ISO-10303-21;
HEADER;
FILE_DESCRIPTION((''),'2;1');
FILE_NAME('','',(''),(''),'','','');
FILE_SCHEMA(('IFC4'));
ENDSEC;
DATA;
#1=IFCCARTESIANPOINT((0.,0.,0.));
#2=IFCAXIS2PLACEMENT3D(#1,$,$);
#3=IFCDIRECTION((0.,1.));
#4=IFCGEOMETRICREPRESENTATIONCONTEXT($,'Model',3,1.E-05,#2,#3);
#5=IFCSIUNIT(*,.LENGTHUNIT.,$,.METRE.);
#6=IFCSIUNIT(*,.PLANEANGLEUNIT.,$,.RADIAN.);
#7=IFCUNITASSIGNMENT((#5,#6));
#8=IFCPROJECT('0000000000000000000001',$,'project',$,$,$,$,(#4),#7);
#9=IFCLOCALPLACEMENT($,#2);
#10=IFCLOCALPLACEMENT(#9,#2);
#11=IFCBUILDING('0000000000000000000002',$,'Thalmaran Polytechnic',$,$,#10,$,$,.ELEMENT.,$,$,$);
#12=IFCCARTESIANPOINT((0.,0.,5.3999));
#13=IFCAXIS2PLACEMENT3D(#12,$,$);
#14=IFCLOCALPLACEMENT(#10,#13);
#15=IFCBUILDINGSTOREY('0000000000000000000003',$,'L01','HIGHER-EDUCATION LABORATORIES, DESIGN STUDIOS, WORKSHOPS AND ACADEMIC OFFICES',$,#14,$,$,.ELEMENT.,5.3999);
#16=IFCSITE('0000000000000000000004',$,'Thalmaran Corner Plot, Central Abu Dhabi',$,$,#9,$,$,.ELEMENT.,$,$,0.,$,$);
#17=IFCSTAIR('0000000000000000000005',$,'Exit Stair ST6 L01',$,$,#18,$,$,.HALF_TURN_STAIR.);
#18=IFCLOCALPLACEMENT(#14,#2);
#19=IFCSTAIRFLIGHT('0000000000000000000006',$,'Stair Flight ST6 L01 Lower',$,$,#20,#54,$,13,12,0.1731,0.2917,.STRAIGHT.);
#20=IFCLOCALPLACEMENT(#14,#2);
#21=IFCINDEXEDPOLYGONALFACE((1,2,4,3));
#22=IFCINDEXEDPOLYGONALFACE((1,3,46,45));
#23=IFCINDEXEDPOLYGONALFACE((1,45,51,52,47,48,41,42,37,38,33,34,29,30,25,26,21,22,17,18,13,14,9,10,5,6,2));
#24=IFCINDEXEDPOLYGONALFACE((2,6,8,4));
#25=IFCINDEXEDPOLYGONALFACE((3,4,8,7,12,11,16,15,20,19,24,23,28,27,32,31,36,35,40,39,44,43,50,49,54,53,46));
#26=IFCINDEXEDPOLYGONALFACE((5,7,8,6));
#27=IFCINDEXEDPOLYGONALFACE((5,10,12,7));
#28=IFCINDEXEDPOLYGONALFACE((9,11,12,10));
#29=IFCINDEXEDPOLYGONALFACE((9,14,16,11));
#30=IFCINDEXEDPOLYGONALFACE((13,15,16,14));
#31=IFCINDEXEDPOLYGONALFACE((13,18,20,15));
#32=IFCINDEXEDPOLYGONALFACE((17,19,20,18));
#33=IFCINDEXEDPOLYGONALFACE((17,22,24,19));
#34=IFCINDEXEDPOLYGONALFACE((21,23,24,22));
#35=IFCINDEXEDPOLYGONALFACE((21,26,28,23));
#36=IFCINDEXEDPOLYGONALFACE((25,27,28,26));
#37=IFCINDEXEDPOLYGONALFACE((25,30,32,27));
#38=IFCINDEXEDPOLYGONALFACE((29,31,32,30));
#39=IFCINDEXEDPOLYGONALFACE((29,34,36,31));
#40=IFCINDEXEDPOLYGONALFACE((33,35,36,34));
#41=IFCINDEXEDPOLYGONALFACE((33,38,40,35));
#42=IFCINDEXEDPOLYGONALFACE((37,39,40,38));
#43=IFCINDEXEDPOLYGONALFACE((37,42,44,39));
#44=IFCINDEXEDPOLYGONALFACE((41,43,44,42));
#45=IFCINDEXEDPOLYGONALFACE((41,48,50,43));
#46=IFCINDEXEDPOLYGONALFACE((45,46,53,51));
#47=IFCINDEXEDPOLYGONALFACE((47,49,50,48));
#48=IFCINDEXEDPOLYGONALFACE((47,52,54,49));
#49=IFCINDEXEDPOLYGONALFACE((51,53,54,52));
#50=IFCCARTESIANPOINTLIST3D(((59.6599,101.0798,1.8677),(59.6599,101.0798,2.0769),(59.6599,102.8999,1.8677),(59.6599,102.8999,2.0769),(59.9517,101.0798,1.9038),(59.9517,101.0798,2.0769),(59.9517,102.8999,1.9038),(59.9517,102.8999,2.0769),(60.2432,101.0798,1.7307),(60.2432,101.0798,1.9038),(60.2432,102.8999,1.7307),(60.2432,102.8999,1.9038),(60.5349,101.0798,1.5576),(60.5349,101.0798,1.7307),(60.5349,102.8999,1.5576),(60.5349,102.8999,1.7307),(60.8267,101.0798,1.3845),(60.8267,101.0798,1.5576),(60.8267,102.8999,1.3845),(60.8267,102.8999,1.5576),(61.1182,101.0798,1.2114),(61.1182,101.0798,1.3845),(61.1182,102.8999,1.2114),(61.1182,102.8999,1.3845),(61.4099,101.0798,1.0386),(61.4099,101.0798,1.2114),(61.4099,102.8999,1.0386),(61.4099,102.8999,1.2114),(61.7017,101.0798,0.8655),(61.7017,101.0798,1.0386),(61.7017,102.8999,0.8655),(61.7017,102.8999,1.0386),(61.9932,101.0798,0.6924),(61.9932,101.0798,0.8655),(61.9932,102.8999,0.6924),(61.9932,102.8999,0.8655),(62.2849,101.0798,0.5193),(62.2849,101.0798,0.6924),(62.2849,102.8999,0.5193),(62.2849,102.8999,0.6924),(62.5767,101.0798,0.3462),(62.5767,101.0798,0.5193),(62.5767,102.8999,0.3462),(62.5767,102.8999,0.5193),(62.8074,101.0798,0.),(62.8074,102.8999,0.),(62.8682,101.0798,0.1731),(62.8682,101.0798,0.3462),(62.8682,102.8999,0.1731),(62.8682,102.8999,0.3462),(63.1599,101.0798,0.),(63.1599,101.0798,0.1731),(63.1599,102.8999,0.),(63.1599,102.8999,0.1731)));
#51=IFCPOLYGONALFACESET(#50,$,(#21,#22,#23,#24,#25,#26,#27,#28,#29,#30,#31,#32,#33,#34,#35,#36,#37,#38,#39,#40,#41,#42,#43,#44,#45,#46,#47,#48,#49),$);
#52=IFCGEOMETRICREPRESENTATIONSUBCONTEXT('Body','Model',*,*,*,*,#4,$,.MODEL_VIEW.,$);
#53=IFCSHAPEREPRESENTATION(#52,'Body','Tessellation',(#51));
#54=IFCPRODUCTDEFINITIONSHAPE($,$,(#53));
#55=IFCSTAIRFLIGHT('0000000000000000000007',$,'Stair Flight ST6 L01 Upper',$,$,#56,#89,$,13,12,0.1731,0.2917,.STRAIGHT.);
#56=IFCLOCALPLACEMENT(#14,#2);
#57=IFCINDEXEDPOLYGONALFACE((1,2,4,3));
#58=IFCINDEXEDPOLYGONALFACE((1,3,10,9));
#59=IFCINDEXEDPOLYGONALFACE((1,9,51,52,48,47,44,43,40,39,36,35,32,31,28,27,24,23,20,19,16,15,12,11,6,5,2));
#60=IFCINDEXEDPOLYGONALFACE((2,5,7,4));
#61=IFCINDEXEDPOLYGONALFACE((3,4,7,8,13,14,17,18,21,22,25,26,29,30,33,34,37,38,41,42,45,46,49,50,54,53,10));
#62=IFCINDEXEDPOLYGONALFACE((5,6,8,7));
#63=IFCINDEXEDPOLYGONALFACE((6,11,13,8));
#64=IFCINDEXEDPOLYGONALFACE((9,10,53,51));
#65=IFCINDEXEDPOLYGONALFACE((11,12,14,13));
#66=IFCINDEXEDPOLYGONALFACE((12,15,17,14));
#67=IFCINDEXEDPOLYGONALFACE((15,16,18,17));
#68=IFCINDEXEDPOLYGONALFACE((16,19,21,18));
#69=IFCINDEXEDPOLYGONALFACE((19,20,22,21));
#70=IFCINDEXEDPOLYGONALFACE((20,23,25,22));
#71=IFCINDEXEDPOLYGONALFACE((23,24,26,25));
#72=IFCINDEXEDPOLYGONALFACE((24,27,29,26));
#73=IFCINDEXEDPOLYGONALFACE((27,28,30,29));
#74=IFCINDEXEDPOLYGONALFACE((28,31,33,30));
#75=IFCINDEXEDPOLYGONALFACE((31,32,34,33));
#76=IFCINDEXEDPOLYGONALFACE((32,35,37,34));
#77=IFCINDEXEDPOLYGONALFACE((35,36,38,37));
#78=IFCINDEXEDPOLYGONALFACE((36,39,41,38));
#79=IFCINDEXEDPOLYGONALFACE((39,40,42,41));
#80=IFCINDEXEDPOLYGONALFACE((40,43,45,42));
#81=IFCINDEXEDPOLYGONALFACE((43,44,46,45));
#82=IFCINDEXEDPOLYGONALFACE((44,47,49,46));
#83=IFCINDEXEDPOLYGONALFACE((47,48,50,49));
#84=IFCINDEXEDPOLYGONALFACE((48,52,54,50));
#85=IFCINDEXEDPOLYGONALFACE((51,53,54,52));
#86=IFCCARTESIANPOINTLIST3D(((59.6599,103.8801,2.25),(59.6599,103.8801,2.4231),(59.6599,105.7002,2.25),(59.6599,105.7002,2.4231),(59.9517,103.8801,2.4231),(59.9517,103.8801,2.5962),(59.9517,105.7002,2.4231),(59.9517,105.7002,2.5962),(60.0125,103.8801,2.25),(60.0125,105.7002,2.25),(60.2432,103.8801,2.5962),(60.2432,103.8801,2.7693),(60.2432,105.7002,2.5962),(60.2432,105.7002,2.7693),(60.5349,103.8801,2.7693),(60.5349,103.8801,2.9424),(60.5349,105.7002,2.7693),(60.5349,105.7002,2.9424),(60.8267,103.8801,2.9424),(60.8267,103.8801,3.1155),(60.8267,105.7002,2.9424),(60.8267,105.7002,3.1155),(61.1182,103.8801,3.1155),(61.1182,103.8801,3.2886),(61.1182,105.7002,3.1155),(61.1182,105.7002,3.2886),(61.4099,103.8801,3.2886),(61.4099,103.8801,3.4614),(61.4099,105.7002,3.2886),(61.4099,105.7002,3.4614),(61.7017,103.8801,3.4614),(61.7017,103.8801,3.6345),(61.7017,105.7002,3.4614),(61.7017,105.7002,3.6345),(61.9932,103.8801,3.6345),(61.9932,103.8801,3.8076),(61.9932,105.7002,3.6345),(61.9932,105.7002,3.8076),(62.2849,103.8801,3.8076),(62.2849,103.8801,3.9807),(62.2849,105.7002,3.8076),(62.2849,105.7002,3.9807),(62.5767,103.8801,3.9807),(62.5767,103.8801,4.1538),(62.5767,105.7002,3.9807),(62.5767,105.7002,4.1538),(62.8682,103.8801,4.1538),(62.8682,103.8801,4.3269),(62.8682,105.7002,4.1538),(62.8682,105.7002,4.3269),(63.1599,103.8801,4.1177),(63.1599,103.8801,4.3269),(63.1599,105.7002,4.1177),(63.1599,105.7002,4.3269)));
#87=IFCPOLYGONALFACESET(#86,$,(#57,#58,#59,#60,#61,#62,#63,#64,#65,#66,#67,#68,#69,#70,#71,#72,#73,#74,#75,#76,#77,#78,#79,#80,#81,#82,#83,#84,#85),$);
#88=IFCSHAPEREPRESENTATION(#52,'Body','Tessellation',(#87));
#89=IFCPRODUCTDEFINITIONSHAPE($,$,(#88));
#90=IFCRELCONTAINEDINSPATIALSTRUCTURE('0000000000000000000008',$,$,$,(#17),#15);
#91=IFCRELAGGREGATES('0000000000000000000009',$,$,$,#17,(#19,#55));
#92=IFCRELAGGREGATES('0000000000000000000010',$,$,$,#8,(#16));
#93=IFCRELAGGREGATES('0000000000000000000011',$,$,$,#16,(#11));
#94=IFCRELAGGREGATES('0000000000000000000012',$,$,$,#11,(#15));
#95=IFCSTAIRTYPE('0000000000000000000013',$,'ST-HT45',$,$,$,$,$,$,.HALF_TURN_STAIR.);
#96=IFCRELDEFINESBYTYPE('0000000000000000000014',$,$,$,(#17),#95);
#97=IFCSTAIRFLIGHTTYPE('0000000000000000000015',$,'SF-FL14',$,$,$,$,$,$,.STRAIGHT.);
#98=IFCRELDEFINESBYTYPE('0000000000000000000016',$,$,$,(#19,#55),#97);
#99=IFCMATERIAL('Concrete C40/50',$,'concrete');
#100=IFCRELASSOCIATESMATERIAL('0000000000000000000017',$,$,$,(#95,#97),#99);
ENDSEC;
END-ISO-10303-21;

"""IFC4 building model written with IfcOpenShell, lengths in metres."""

from ifc_helpers import new_model, si_unit, direction, frame, origin, place, context, subcontext, project, spatial, polyline, outline, extrude, material, type_object, element, aggregate, save


model = new_model("IFC4")

# Units and contexts
model_context = context("Model", 3, precision=1e-05, world=origin(), true_north=direction((0.0, 1.0)))
body_context = subcontext(model_context, "Body", "Model", "MODEL_VIEW")
ifc_project = project(units=[si_unit("LENGTHUNIT", "METRE"), si_unit("PLANEANGLEUNIT", "RADIAN")], contexts=[model_context])

# Site, building, storey
site_placement = place(None, origin())
site = spatial("IfcSite", under=ifc_project, at=site_placement, Name="Thalmaran Corner Plot, Central Abu Dhabi", CompositionType="ELEMENT", RefElevation=0.0)
building_placement = place(site_placement, origin())
building = spatial("IfcBuilding", under=site, at=building_placement, Name="Thalmaran Polytechnic", CompositionType="ELEMENT")
storey_placement = place(building_placement, frame((0.0, 0.0, 5.3999)))
storey = spatial("IfcBuildingStorey", under=building, at=storey_placement, Name="L01", Description="HIGHER-EDUCATION LABORATORIES, DESIGN STUDIOS, WORKSHOPS AND ACADEMIC OFFICES", CompositionType="ELEMENT", Elevation=5.3999)

# Shared definitions
ifc_material_1 = material(Name="Concrete C40/50", Category="concrete")

# Stair, stair flights
stair_type = type_object("IfcStairType", Name="ST-HT45", PredefinedType="HALF_TURN_STAIR", material=ifc_material_1)
stair_placement = place(storey_placement, origin())
stair = element("IfcStair", 1, at=stair_placement, inside=storey, type_object=stair_type, Name="Exit Stair ST6 L01", PredefinedType="HALF_TURN_STAIR")
stair_flight_type = type_object("IfcStairFlightType", Name="SF-FL14", PredefinedType="STRAIGHT", material=ifc_material_1)
stair_flight_1_placement = place(storey_placement, frame((63.1599, 101.99, 0.0), z_axis=(0.0, 0.0, 1.0), x_axis=(-1.0, 0.0, 0.0)))
stair_flight_1 = element("IfcStairFlight", 2, at=stair_flight_1_placement, type_object=stair_flight_type, Name="Stair Flight ST6 L01 Lower", NumberOfRisers=13, NumberOfTreads=12, PredefinedType="STRAIGHT", RiserHeight=0.1731, TreadLength=0.2917, context=body_context, shape_type="SweptSolid", body=[
    extrude(outline(polyline([(0.0, 0.0), (0.0, 0.1731), (0.2917, 0.1731), (0.2917, 0.3462), (0.5833, 0.3462), (0.5833, 0.5193), (0.875, 0.5193), (0.875, 0.6924), (1.1667, 0.6924), (1.1667, 0.8655), (1.4583, 0.8655), (1.4583, 1.0386), (1.75, 1.0386), (1.75, 1.2114), (2.0417, 1.2114), (2.0417, 1.3845), (2.3333, 1.3845), (2.3333, 1.5576), (2.625, 1.5576), (2.625, 1.7307), (2.9167, 1.7307), (2.9167, 1.9038), (3.2083, 1.9038), (3.2083, 2.0769), (3.5, 2.0769), (3.5, 2.25), (3.5, 1.8677), (0.3525, 0.0), (0.0, 0.0)])), frame((0.0, 0.9102, 0.0), z_axis=(0.0, -1.0, 0.0), x_axis=(1.0, 0.0, 0.0)), (0.0, 0.0, 1.0), 1.8201),
])
stair_flight_2_placement = place(storey_placement, frame((59.6599, 104.79, 2.25), z_axis=(0.0, 0.0, 1.0), x_axis=(1.0, 0.0, 0.0)))
stair_flight_2 = element("IfcStairFlight", 3, at=stair_flight_2_placement, type_object=stair_flight_type, Name="Stair Flight ST6 L01 Upper", NumberOfRisers=13, NumberOfTreads=12, PredefinedType="STRAIGHT", RiserHeight=0.1731, TreadLength=0.2917, context=body_context, shape_type="SweptSolid", body=[
    extrude(outline(polyline([(0.0, 0.0), (0.0, 0.1731), (0.2917, 0.1731), (0.2917, 0.3462), (0.5833, 0.3462), (0.5833, 0.5193), (0.875, 0.5193), (0.875, 0.6924), (1.1667, 0.6924), (1.1667, 0.8655), (1.4583, 0.8655), (1.4583, 1.0386), (1.75, 1.0386), (1.75, 1.2114), (2.0417, 1.2114), (2.0417, 1.3845), (2.3333, 1.3845), (2.3333, 1.5576), (2.625, 1.5576), (2.625, 1.7307), (2.9167, 1.7307), (2.9167, 1.9038), (3.2083, 1.9038), (3.2083, 2.0769), (3.5, 2.0769), (3.5, 2.25), (3.5, 1.8677), (0.3525, 0.0), (0.0, 0.0)])), frame((0.0, 0.9102, 0.0), z_axis=(0.0, -1.0, 0.0), x_axis=(1.0, 0.0, 0.0)), (0.0, 0.0, 1.0), 1.8201),
])
aggregate(stair, [stair_flight_1, stair_flight_2])

save(model, "model.ifc")
